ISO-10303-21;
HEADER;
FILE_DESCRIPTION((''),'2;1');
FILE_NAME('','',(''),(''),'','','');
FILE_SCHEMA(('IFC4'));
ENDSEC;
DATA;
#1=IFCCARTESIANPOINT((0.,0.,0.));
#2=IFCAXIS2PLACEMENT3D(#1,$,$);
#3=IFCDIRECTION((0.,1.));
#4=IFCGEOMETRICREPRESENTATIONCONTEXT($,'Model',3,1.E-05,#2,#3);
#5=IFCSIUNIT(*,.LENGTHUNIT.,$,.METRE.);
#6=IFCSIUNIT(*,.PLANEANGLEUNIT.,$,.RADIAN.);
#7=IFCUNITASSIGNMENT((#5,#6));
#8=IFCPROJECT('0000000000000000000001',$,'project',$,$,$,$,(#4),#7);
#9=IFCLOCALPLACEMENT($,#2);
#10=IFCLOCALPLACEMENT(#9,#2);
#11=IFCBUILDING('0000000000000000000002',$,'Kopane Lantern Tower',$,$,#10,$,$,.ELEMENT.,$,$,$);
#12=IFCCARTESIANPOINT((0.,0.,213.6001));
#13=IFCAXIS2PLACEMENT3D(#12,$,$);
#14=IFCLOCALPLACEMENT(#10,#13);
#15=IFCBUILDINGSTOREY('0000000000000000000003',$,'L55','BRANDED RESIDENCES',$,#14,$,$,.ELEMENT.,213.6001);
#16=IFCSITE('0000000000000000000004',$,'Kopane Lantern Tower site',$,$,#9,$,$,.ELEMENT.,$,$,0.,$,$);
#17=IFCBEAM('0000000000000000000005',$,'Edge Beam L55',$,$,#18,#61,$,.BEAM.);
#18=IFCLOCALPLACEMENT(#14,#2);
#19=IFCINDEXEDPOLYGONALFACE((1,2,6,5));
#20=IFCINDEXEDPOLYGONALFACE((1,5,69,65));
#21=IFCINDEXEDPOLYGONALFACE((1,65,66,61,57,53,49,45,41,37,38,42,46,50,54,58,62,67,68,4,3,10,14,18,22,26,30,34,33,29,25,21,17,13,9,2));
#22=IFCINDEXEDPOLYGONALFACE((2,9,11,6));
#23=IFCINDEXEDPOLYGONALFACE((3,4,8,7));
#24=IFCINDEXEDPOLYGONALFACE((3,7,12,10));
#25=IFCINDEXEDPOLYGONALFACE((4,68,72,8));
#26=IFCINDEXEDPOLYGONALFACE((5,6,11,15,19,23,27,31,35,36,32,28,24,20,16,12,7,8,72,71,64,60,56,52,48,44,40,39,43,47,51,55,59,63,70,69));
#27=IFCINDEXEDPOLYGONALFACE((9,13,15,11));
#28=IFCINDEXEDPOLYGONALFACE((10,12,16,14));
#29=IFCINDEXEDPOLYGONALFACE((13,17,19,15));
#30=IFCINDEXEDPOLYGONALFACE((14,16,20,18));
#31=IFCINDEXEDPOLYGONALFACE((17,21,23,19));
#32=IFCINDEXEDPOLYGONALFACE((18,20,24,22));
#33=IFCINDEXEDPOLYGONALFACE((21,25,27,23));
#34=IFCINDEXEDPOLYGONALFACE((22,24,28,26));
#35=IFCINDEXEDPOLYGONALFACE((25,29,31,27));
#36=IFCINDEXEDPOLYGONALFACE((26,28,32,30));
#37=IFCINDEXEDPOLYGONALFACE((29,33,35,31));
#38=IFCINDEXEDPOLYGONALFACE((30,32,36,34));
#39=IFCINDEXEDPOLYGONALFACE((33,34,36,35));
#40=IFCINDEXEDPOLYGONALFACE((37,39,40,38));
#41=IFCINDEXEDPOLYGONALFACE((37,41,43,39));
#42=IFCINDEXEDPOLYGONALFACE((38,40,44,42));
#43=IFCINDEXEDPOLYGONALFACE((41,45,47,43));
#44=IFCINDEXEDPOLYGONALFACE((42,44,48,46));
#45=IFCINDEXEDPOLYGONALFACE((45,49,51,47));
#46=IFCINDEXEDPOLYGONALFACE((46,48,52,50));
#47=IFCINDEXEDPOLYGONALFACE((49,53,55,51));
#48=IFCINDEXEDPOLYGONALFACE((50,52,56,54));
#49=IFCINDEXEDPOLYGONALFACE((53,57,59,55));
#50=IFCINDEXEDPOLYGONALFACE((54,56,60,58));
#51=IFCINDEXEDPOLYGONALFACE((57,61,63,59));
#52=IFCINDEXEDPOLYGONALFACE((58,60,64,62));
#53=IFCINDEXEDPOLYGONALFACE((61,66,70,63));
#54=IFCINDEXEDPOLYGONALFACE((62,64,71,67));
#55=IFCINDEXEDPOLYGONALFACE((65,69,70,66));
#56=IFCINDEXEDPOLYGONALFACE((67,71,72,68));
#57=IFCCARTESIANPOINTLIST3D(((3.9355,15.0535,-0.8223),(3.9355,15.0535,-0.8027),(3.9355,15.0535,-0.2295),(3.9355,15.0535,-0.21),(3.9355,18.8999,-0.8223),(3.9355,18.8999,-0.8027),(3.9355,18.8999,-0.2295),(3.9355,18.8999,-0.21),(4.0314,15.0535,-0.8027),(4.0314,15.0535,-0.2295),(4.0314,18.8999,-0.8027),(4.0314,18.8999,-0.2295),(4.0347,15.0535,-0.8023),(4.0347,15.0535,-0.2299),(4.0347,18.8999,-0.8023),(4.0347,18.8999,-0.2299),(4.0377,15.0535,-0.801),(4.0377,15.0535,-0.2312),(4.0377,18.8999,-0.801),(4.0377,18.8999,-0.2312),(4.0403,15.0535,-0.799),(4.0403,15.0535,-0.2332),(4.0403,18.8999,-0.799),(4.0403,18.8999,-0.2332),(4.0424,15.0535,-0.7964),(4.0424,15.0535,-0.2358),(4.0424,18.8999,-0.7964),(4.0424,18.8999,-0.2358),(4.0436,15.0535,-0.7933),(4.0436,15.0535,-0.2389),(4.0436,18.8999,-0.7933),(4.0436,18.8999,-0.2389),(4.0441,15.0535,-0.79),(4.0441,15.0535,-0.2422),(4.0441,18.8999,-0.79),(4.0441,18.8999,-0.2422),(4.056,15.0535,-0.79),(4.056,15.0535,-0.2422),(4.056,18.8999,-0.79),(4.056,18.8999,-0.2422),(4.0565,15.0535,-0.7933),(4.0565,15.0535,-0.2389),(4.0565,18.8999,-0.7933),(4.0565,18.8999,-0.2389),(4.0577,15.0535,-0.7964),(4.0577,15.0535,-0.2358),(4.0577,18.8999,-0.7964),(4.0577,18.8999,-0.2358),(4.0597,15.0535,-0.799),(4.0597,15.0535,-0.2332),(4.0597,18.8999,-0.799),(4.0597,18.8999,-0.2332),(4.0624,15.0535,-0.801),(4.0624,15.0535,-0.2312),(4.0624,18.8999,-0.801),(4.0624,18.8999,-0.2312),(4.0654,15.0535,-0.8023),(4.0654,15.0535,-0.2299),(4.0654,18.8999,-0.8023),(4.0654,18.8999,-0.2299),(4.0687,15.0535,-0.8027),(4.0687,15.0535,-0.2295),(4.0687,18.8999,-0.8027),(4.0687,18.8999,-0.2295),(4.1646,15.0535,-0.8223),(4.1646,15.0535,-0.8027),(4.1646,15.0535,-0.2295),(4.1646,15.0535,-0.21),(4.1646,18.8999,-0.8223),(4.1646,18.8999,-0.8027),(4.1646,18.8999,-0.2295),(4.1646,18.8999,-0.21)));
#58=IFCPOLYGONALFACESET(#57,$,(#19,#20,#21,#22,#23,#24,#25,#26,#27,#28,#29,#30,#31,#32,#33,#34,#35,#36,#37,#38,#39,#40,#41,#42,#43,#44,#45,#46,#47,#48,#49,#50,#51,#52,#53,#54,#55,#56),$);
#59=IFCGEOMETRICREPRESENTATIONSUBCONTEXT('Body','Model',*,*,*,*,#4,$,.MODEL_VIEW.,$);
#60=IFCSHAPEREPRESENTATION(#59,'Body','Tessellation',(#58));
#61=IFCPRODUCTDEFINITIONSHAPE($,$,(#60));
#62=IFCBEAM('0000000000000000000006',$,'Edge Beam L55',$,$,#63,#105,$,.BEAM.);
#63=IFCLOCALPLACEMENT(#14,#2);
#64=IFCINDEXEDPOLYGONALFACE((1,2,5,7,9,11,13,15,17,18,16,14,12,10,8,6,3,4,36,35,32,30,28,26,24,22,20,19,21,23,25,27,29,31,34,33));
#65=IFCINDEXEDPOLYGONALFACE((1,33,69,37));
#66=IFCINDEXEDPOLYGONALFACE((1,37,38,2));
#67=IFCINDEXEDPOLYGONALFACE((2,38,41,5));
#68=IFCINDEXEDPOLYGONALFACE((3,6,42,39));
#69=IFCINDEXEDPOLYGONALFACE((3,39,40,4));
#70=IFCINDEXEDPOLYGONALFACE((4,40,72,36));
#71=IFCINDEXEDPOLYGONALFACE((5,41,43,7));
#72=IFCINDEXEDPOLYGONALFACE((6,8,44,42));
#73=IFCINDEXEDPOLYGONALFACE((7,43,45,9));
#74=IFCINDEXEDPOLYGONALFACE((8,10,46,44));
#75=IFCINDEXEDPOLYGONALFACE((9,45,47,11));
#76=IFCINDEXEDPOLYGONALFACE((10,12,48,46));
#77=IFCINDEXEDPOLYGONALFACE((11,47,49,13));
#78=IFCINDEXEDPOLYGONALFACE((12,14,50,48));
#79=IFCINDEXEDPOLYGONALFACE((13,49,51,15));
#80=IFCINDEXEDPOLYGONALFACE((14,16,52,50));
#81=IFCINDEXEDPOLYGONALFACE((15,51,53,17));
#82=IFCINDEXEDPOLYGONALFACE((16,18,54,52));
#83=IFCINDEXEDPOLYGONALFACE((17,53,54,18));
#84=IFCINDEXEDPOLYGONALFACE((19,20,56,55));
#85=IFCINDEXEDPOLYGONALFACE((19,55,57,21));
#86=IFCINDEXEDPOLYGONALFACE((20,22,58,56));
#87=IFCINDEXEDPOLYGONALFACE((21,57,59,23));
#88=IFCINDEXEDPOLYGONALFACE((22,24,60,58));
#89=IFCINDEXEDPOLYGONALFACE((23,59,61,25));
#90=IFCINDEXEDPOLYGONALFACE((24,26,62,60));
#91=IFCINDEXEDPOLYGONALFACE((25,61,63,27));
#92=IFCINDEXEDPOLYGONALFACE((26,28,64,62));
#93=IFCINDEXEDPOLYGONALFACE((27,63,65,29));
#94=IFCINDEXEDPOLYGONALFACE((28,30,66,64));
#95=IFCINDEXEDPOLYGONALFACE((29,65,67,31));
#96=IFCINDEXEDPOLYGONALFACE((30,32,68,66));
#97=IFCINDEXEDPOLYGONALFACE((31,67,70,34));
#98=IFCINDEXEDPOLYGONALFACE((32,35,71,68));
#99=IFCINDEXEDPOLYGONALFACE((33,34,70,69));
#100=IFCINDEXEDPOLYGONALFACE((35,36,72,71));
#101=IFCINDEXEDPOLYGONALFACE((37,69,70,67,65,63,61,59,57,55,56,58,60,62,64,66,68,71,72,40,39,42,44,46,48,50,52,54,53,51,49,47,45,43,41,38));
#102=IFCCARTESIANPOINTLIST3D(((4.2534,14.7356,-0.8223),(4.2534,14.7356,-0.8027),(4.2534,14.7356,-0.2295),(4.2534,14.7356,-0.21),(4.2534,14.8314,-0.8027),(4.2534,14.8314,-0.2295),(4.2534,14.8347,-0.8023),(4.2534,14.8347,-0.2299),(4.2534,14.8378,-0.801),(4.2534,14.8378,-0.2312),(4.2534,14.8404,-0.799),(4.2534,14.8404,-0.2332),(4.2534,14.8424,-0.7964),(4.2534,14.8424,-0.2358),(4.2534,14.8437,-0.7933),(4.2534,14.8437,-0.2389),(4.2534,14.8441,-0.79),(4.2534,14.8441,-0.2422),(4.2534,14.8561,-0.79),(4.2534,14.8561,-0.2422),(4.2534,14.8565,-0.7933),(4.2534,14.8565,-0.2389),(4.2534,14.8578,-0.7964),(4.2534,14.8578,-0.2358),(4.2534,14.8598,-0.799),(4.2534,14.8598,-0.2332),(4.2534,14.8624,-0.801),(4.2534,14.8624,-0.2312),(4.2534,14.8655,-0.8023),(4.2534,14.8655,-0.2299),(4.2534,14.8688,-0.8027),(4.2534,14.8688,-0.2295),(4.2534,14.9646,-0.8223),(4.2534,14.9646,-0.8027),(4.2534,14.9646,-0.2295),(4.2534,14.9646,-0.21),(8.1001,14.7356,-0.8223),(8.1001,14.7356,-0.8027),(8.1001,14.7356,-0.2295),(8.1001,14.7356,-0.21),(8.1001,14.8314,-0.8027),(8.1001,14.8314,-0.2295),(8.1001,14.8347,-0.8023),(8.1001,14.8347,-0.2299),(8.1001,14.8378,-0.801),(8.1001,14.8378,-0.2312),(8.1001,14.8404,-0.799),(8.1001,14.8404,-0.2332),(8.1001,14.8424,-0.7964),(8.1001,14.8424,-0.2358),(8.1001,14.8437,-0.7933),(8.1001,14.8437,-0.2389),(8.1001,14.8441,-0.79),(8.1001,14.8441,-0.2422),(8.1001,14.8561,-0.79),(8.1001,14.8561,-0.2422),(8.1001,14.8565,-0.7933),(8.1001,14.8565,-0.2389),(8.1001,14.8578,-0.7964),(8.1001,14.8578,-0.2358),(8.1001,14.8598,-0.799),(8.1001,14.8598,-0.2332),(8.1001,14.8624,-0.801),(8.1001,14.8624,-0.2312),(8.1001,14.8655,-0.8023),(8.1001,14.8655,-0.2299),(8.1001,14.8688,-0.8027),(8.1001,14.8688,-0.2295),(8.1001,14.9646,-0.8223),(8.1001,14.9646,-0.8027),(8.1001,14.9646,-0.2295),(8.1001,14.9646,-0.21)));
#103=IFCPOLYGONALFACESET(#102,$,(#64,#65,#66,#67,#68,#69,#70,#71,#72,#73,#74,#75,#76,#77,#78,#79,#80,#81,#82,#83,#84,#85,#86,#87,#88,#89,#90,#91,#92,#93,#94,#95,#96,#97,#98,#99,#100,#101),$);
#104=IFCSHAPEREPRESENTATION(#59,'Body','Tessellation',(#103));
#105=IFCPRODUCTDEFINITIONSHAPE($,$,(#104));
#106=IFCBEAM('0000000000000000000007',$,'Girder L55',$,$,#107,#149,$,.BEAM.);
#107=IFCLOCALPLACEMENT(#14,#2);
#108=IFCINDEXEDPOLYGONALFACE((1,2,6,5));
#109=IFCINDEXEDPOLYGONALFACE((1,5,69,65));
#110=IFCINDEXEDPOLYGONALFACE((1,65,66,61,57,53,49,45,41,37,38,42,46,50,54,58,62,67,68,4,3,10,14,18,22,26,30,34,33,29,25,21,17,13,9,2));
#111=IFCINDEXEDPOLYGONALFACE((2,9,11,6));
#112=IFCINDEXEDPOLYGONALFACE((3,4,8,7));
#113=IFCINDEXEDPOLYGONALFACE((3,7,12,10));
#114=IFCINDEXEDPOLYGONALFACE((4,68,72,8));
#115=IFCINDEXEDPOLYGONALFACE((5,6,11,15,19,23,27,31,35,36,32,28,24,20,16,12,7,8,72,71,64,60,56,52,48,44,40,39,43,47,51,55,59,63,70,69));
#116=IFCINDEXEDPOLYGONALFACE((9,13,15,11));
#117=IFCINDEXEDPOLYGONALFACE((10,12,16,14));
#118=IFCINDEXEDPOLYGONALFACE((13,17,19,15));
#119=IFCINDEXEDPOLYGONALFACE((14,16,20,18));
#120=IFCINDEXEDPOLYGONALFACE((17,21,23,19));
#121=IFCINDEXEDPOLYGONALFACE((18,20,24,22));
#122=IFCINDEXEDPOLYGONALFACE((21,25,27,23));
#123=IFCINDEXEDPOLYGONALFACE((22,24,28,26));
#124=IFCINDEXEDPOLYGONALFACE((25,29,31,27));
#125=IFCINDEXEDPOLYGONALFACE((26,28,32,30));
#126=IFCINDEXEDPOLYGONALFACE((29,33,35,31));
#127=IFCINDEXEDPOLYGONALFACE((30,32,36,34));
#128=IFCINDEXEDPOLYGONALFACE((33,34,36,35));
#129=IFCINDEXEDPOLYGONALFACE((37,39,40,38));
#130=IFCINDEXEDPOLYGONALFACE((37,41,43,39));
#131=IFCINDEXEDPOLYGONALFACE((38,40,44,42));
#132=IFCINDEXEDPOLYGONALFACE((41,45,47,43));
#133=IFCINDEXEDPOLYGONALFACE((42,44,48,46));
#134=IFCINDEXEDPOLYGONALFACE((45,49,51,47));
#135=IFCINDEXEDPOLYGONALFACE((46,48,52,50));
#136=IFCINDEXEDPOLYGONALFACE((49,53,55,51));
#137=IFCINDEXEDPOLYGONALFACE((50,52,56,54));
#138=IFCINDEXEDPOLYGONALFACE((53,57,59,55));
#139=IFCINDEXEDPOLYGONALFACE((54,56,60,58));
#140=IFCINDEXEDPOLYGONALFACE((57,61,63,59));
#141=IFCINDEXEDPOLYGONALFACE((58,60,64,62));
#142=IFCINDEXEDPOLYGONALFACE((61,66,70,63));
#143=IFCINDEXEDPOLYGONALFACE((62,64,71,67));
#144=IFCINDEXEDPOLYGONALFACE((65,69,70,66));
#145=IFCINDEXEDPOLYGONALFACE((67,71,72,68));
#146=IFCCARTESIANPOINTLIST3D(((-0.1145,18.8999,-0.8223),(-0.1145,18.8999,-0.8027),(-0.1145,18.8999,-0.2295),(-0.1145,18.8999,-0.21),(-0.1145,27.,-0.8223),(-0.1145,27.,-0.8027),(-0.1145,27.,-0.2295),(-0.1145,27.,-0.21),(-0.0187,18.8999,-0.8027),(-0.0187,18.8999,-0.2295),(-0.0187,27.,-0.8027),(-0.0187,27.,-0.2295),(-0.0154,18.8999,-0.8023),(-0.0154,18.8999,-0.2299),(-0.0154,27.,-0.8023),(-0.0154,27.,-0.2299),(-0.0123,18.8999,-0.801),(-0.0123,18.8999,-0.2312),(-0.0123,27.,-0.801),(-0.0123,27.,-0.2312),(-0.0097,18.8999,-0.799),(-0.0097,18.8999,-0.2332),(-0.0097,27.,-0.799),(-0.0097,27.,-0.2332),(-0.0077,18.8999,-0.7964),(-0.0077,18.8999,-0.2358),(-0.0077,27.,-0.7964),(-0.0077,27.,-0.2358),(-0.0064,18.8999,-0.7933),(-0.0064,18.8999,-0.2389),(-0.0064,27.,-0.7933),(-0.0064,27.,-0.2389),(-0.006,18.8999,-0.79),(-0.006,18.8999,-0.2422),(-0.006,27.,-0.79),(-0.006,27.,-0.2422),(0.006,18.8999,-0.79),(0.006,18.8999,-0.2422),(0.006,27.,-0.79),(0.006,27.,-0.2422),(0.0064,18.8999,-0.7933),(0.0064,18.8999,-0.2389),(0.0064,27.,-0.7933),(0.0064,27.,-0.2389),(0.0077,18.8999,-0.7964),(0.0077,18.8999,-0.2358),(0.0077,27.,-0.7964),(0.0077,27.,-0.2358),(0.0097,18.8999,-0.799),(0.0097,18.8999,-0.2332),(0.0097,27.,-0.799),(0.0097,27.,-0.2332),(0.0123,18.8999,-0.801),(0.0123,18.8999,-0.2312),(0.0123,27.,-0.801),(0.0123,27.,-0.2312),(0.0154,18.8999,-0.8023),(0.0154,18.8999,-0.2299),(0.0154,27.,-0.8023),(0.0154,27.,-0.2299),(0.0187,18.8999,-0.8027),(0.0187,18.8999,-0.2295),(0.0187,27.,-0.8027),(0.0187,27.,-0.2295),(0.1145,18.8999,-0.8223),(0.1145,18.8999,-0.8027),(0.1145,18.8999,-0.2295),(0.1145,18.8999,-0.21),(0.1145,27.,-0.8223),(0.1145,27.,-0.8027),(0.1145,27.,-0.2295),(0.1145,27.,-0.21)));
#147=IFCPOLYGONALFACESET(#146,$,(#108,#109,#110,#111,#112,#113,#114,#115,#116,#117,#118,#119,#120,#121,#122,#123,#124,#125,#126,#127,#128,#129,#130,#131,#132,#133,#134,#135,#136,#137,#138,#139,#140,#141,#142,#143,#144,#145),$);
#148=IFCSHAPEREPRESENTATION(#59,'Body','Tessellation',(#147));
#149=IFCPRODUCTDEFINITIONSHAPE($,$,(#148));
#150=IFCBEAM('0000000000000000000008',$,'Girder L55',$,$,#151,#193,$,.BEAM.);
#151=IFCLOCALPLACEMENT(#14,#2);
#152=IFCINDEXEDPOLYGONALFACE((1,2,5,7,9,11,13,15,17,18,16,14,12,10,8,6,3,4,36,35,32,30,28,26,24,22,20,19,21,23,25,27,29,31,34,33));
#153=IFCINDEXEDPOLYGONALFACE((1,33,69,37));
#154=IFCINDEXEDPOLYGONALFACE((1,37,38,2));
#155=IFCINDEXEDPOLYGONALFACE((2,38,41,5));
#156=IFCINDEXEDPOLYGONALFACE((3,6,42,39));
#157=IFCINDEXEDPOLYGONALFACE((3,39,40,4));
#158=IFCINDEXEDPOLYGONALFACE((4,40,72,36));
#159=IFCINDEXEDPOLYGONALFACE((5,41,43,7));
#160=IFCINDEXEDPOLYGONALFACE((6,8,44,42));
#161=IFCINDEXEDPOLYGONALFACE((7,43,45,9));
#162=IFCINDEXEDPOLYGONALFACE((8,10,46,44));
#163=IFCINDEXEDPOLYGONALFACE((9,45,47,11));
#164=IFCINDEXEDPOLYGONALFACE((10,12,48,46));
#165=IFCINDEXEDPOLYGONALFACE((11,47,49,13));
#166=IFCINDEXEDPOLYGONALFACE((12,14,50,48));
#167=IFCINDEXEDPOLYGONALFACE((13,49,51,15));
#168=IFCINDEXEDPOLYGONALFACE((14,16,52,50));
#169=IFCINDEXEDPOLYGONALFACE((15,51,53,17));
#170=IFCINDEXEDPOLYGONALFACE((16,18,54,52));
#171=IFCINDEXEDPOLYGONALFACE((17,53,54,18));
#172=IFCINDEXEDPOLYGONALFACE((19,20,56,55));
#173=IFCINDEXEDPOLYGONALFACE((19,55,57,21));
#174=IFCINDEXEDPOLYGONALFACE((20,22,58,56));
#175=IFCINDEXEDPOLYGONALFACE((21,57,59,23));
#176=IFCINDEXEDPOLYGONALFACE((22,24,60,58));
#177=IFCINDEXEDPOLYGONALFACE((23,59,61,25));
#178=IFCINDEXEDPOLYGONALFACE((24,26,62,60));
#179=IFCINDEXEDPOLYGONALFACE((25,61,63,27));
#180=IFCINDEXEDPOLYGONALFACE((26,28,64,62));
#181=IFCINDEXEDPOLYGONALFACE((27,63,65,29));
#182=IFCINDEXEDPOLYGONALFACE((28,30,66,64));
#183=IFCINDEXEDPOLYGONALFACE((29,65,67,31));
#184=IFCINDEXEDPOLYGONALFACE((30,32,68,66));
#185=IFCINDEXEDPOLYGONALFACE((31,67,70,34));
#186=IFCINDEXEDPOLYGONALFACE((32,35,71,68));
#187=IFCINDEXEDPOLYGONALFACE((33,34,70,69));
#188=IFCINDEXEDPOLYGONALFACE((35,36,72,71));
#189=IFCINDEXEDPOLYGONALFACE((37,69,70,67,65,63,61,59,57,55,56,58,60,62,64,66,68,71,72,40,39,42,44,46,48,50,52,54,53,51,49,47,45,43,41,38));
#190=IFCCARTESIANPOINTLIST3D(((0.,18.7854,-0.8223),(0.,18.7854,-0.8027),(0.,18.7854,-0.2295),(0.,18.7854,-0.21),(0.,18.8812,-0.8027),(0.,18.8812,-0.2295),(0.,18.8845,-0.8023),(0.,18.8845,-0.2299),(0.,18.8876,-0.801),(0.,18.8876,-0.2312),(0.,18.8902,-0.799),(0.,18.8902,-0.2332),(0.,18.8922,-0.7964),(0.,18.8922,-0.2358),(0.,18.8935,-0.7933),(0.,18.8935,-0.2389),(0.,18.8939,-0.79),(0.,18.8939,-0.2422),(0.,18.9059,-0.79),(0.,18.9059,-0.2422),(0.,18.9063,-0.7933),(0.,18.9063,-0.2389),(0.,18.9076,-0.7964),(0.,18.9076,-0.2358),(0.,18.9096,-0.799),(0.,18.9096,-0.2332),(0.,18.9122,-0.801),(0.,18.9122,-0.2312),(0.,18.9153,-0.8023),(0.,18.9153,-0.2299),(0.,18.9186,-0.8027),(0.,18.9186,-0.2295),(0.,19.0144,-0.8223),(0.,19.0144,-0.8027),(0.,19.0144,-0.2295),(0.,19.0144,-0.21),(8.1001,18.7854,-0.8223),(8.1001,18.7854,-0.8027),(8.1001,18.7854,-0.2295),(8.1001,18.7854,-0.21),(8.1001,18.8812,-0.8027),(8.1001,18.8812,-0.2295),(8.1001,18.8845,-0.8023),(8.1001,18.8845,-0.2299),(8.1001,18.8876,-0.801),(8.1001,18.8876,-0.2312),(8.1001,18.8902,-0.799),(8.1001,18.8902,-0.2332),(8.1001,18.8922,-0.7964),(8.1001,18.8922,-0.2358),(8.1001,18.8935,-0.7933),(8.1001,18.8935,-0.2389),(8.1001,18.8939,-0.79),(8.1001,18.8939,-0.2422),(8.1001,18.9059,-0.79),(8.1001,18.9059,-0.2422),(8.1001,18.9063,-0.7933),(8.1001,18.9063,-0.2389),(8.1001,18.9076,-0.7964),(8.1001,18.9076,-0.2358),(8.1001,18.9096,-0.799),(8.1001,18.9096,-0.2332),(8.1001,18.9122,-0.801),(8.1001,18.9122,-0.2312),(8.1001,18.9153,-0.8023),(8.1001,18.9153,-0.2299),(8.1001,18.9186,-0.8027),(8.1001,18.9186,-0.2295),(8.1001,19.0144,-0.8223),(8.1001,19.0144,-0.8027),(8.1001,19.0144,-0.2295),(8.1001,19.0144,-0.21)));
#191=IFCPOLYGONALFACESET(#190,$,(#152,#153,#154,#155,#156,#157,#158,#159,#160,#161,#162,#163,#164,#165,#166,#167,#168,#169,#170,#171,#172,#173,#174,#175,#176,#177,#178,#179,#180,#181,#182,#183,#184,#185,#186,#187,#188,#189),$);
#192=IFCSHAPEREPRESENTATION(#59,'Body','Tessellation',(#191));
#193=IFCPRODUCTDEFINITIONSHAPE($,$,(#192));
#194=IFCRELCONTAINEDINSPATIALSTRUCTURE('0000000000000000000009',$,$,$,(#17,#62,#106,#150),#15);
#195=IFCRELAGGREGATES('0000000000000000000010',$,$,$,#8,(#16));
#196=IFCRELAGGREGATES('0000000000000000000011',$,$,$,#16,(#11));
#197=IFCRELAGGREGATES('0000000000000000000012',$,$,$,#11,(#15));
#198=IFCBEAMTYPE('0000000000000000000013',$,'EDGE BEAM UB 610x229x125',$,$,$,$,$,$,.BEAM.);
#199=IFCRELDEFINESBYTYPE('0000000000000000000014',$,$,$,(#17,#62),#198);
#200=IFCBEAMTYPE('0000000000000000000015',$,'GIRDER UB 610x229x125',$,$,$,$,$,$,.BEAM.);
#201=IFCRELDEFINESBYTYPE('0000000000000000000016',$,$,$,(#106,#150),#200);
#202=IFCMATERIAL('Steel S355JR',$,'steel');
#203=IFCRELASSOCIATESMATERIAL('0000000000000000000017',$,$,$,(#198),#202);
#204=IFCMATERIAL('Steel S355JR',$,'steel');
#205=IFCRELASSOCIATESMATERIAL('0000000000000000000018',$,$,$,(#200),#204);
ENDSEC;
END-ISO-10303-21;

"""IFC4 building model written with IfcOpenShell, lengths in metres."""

from ifc_helpers import new_model, si_unit, direction, frame, origin, origin_2d, place, context, subcontext, project, spatial, i_section, extrude, material, material_profile, profile_set, type_object, element, save


model = new_model("IFC4")

# Units and contexts
model_context = context("Model", 3, precision=1e-05, world=origin(), true_north=direction((0.0, 1.0)))
body_context = subcontext(model_context, "Body", "Model", "MODEL_VIEW")
ifc_project = project(units=[si_unit("LENGTHUNIT", "METRE"), si_unit("PLANEANGLEUNIT", "RADIAN")], contexts=[model_context])

# Site, building, storey
site_placement = place(None, origin())
site = spatial("IfcSite", under=ifc_project, at=site_placement, Name="Kopane Lantern Tower site", CompositionType="ELEMENT", RefElevation=0.0)
building_placement = place(site_placement, origin())
building = spatial("IfcBuilding", under=site, at=building_placement, Name="Kopane Lantern Tower", CompositionType="ELEMENT")
storey_placement = place(building_placement, frame((0.0, 0.0, 213.6001)))
storey = spatial("IfcBuildingStorey", under=building, at=storey_placement, Name="L55", Description="BRANDED RESIDENCES", CompositionType="ELEMENT", Elevation=213.6001)

# Beams
ifc_material_1 = material(Name="Steel S355JR", Category="steel")
ifc_material_profile_1 = material_profile(ifc_material_1, i_section(OverallWidth=0.229, OverallDepth=0.6123, WebThickness=0.012, FlangeThickness=0.0195, FilletRadius=0.0127, at=origin_2d()), Name="UB 610x229x125")
ifc_profile_set_1 = profile_set([ifc_material_profile_1], Name="Steel S355JR")
beam_type_1 = type_object("IfcBeamType", Name="EDGE BEAM UB 610x229x125", PredefinedType="BEAM", material=ifc_profile_set_1)
beam_1_placement = place(storey_placement, frame((4.05, 15.0535, -0.5161), z_axis=(0.0, 1.0, 0.0), x_axis=(-1.0, 0.0, 0.0)))
element("IfcBeam", 1, at=beam_1_placement, inside=storey, type_object=beam_type_1, Name="Edge Beam L55", PredefinedType="BEAM", context=body_context, shape_type="SweptSolid", body=[
    extrude(i_section(OverallWidth=0.229, OverallDepth=0.6123, WebThickness=0.012, FlangeThickness=0.0195, FilletRadius=0.0127, at=origin_2d()), origin(), (0.0, 0.0, 1.0), 3.8464),
])
beam_2_placement = place(storey_placement, frame((4.2534, 14.8501, -0.5161), z_axis=(1.0, 0.0, 0.0), x_axis=(0.0, 1.0, 0.0)))
element("IfcBeam", 2, at=beam_2_placement, inside=storey, type_object=beam_type_1, Name="Edge Beam L55", PredefinedType="BEAM", context=body_context, shape_type="SweptSolid", body=[
    extrude(i_section(OverallWidth=0.229, OverallDepth=0.6123, WebThickness=0.012, FlangeThickness=0.0195, FilletRadius=0.0127, at=origin_2d()), origin(), (0.0, 0.0, 1.0), 3.8467),
])
ifc_material_2 = material(Name="Steel S355JR", Category="steel")
ifc_material_profile_2 = material_profile(ifc_material_2, i_section(OverallWidth=0.229, OverallDepth=0.6123, WebThickness=0.012, FlangeThickness=0.0195, FilletRadius=0.0127, at=origin_2d()), Name="UB 610x229x125")
ifc_profile_set_2 = profile_set([ifc_material_profile_2], Name="Steel S355JR")
beam_type_2 = type_object("IfcBeamType", Name="GIRDER UB 610x229x125", PredefinedType="BEAM", material=ifc_profile_set_2)
for number, where, z_axis, x_axis, name in (
    (3, (0.0, 18.8999, -0.5161), (0.0, 1.0, 0.0), (-1.0, 0.0, 0.0), "Girder L55"),
    (4, (0.0, 18.8999, -0.5161), (1.0, 0.0, 0.0), (0.0, 1.0, 0.0), "Girder L55"),
):
    element("IfcBeam", number, at=place(storey_placement, frame(where, z_axis=z_axis, x_axis=x_axis)), inside=storey, type_object=beam_type_2, Name=name, PredefinedType="BEAM", context=body_context, shape_type="SweptSolid", body=[
        extrude(i_section(OverallWidth=0.229, OverallDepth=0.6123, WebThickness=0.012, FlangeThickness=0.0195, FilletRadius=0.0127, at=origin_2d()), origin(), (0.0, 0.0, 1.0), 8.1001),
    ])

save(model, "model.ifc")
